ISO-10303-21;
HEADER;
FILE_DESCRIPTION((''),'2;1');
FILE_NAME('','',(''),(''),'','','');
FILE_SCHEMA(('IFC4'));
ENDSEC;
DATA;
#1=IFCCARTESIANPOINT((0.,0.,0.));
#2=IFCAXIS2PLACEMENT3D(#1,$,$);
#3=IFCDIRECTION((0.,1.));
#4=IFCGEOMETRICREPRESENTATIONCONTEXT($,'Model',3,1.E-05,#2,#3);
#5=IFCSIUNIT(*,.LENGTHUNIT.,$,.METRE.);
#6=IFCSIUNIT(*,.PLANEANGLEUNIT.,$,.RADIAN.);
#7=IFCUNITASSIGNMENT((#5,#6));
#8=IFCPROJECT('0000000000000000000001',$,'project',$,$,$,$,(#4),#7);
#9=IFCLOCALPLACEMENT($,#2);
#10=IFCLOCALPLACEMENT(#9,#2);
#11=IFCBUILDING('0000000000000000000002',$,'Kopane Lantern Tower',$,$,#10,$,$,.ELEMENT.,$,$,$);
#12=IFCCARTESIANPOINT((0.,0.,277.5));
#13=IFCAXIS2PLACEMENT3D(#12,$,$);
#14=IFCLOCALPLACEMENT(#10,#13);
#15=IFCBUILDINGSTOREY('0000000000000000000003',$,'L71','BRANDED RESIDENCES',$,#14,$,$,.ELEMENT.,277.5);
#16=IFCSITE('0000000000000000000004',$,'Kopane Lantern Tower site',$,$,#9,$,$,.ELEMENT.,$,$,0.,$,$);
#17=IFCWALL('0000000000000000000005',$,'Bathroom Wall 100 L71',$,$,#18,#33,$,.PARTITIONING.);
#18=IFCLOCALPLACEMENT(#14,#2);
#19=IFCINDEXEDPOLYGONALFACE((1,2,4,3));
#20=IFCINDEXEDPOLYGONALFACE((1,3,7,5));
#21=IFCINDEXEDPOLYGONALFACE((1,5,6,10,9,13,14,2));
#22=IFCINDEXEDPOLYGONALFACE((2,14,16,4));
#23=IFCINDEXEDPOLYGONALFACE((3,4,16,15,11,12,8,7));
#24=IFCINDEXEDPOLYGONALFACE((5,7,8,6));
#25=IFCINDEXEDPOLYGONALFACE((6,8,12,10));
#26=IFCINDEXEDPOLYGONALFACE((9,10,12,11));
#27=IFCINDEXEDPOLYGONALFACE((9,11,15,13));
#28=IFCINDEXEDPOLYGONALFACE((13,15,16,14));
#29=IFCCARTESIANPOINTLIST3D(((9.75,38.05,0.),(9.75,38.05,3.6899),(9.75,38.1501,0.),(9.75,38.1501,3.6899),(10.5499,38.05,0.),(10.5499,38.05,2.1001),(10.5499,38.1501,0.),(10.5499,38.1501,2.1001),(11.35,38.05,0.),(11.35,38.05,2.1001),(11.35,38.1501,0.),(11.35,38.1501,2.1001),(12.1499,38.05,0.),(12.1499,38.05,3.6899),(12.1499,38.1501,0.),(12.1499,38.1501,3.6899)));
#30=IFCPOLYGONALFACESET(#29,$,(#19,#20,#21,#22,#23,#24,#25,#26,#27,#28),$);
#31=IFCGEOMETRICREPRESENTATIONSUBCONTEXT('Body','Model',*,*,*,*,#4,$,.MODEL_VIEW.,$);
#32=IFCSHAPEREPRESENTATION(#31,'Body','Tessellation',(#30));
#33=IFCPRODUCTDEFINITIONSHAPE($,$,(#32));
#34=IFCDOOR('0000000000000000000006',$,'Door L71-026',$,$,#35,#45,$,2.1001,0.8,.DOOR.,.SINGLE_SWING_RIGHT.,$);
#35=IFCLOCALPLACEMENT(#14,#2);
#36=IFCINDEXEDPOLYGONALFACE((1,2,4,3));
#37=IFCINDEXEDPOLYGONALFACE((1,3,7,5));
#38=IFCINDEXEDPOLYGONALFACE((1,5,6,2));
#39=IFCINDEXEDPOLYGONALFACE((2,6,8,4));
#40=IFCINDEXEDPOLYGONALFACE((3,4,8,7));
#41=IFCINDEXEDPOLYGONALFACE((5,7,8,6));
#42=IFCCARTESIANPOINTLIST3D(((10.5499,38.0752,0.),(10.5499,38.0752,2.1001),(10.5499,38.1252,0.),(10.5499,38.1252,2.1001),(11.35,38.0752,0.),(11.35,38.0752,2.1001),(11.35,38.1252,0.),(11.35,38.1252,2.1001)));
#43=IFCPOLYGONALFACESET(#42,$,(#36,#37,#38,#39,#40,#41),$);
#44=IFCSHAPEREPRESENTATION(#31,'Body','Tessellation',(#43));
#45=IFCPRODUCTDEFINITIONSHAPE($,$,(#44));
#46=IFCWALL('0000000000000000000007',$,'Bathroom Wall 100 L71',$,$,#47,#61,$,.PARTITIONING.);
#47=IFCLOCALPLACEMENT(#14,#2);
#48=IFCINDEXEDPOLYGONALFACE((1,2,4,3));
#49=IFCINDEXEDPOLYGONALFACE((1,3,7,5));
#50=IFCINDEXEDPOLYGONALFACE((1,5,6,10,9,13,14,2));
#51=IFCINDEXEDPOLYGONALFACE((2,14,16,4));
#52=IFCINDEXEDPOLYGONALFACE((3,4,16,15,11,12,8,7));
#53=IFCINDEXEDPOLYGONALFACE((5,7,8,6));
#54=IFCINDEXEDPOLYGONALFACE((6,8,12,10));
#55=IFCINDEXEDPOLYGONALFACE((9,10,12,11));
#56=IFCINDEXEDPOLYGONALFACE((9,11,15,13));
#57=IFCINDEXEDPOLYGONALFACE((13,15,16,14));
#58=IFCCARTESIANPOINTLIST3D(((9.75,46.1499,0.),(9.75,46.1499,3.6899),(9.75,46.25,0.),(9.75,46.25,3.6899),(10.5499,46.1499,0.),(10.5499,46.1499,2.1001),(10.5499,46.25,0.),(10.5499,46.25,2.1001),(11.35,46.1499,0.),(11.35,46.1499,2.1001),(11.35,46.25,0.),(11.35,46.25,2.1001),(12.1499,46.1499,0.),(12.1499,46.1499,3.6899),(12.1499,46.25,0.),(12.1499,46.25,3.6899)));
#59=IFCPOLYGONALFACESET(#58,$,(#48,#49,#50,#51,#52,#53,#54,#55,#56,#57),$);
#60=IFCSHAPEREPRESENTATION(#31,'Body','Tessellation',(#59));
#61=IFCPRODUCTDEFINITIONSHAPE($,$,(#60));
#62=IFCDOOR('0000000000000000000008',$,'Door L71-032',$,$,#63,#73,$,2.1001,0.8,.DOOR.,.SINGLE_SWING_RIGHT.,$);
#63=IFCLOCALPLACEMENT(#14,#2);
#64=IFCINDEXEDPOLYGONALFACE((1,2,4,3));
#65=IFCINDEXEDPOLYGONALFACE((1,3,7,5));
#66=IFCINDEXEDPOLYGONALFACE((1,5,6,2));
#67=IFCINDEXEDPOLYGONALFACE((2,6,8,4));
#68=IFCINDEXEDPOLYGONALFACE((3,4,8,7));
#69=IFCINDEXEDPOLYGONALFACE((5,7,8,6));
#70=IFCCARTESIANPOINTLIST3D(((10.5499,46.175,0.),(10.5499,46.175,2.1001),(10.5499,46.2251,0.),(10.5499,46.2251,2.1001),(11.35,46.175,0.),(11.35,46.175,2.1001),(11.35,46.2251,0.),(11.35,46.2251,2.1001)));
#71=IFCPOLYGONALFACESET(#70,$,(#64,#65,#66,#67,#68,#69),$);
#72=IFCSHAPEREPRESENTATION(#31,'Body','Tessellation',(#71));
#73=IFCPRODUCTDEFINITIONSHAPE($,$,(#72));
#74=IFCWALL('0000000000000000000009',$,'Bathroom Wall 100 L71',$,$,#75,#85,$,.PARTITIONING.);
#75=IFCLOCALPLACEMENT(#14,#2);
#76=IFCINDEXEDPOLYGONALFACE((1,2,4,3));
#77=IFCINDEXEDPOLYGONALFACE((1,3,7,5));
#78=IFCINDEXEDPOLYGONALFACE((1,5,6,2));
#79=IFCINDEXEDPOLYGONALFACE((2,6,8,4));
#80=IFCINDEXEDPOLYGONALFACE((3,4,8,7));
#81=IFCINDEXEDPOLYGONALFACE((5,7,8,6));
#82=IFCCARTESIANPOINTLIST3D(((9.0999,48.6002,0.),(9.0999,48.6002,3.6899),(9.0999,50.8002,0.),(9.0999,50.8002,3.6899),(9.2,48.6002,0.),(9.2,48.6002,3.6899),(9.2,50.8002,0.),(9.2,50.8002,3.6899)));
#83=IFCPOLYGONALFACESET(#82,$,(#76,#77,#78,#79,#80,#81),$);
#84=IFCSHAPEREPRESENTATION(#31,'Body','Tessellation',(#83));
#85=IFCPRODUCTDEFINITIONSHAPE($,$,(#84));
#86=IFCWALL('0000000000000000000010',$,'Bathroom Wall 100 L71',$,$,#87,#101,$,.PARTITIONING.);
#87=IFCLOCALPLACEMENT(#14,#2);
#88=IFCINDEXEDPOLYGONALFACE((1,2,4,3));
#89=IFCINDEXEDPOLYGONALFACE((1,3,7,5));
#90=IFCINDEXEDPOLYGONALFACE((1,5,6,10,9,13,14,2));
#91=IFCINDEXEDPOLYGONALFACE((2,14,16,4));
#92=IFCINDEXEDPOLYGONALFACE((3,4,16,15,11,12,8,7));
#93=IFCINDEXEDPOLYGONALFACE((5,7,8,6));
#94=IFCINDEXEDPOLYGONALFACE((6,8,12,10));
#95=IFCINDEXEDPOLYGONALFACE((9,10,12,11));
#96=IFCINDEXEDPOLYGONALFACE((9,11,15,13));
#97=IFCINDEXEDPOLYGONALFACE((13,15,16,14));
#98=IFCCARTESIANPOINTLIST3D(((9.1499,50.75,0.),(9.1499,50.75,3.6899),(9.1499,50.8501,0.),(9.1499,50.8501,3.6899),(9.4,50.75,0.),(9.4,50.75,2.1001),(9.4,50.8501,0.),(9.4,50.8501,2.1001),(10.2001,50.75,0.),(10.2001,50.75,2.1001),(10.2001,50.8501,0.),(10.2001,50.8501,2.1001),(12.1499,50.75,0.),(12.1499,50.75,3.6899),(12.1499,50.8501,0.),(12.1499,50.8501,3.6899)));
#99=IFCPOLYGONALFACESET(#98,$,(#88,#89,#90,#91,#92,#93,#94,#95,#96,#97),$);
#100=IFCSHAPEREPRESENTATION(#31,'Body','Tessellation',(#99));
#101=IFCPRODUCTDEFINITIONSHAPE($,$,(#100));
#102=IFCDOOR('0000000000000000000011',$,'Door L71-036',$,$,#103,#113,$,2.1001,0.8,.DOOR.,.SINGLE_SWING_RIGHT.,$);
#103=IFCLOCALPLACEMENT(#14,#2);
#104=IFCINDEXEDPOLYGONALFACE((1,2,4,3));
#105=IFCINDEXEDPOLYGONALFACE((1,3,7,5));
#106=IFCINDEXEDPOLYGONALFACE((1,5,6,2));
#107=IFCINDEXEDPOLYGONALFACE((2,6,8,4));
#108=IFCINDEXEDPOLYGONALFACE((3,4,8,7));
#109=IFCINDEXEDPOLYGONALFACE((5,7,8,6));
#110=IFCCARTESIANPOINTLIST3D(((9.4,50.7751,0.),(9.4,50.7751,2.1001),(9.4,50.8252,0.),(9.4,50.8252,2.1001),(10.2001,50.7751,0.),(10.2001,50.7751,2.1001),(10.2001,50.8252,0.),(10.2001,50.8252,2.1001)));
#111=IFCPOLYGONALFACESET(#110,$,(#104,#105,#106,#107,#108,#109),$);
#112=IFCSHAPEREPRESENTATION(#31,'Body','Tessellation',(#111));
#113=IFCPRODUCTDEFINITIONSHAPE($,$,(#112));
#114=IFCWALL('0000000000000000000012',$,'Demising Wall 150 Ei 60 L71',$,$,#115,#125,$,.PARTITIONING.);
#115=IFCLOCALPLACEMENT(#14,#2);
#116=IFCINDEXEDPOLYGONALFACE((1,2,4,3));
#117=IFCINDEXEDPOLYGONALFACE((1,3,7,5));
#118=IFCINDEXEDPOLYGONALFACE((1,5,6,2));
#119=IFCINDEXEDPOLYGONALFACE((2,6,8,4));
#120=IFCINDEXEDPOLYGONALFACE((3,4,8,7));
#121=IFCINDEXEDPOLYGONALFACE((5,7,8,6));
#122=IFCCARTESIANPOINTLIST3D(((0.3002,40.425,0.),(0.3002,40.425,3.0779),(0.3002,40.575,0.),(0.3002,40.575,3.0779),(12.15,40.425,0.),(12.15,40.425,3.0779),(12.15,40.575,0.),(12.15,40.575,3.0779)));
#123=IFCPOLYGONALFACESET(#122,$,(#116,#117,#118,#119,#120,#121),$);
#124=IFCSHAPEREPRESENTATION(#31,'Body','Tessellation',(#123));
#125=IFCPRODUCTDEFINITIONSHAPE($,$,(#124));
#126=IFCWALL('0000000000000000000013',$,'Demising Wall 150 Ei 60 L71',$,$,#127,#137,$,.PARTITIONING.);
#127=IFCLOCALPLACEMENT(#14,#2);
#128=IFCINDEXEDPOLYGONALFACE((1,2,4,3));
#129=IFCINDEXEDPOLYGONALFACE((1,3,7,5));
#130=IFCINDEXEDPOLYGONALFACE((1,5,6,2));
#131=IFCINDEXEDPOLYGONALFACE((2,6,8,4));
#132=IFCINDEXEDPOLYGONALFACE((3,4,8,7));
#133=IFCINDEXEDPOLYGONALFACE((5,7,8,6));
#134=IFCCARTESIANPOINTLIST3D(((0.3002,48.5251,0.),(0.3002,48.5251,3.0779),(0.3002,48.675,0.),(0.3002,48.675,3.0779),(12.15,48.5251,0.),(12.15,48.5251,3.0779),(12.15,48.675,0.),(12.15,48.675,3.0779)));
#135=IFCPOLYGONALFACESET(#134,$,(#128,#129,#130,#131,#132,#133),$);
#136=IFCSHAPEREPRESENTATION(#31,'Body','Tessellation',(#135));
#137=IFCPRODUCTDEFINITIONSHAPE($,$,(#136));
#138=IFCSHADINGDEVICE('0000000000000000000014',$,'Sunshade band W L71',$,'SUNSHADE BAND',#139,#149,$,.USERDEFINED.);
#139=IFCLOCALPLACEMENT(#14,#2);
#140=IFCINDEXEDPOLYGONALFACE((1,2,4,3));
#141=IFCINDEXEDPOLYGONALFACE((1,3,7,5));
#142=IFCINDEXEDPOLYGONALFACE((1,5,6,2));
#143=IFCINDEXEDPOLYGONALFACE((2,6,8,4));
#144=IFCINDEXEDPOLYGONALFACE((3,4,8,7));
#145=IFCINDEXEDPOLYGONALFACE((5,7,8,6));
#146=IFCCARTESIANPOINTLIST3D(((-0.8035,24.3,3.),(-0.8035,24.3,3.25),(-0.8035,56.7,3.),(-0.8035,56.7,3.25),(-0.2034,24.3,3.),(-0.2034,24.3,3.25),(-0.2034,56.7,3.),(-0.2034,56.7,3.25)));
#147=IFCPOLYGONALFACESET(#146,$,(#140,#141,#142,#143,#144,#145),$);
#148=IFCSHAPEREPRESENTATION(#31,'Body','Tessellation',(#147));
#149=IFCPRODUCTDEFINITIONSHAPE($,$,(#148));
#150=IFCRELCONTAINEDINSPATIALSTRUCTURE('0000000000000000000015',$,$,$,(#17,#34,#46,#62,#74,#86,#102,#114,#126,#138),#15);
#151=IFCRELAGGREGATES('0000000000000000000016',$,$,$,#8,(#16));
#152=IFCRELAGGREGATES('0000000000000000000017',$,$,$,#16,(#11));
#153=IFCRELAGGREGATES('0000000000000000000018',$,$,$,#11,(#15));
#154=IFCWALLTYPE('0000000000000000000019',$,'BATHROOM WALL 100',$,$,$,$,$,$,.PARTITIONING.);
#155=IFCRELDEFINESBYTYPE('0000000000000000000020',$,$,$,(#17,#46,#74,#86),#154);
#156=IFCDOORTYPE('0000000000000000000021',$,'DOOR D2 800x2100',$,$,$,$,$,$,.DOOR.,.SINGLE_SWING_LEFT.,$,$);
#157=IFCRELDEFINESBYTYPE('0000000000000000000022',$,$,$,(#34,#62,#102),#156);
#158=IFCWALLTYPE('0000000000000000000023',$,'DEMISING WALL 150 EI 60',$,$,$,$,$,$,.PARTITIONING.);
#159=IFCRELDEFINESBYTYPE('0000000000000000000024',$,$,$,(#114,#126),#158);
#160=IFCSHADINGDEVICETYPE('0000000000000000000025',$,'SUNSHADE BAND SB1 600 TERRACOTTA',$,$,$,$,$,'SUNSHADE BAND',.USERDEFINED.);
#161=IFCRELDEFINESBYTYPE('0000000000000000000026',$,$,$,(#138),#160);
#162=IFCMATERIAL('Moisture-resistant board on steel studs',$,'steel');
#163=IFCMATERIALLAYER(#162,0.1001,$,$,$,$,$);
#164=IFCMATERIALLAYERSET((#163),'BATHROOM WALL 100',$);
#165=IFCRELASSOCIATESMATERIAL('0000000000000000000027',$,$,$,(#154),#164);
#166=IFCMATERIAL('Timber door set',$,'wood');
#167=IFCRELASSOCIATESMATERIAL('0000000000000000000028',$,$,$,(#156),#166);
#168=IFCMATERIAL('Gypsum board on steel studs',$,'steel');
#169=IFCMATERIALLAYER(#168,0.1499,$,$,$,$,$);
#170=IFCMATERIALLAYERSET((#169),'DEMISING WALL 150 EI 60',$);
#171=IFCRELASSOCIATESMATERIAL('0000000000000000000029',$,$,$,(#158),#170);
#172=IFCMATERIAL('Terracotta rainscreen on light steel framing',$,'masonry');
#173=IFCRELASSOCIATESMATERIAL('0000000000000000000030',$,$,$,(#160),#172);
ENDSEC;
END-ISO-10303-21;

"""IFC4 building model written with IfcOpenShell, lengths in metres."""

from ifc_helpers import new_model, si_unit, direction, frame, frame_2d, origin, origin_2d, place, context, subcontext, project, spatial, rectangle, extrude, material, layer, layer_set, type_object, element, fill, save


model = new_model("IFC4")

# Units and contexts
model_context = context("Model", 3, precision=1e-05, world=origin(), true_north=direction((0.0, 1.0)))
body_context = subcontext(model_context, "Body", "Model", "MODEL_VIEW")
ifc_project = project(units=[si_unit("LENGTHUNIT", "METRE"), si_unit("PLANEANGLEUNIT", "RADIAN")], contexts=[model_context])

# Site, building, storey
site_placement = place(None, origin())
site = spatial("IfcSite", under=ifc_project, at=site_placement, Name="Kopane Lantern Tower site", CompositionType="ELEMENT", RefElevation=0.0)
building_placement = place(site_placement, origin())
building = spatial("IfcBuilding", under=site, at=building_placement, Name="Kopane Lantern Tower", CompositionType="ELEMENT")
storey_placement = place(building_placement, frame((0.0, 0.0, 277.5)))
storey = spatial("IfcBuildingStorey", under=building, at=storey_placement, Name="L71", Description="BRANDED RESIDENCES", CompositionType="ELEMENT", Elevation=277.5)

# Walls, openings, doors
ifc_material_1 = material(Name="Moisture-resistant board on steel studs", Category="steel")
ifc_layer_1 = layer(ifc_material_1, 0.1001)
ifc_layer_set_1 = layer_set([ifc_layer_1], Name="BATHROOM WALL 100")
wall_type_1 = type_object("IfcWallType", Name="BATHROOM WALL 100", PredefinedType="PARTITIONING", material=ifc_layer_set_1)
wall_1_placement = place(storey_placement, frame((12.1499, 38.1001, 0.0), z_axis=(0.0, 0.0, 1.0), x_axis=(-1.0, 0.0, 0.0)))
wall_1 = element("IfcWall", 1, at=wall_1_placement, inside=storey, type_object=wall_type_1, Name="Bathroom Wall 100 L71", PredefinedType="PARTITIONING", context=body_context, shape_type="SweptSolid", body=[
    extrude(rectangle(XDim=2.3999, YDim=0.1001, at=frame_2d((1.2, 0.0))), origin(), (0.0, 0.0, 1.0), 3.6899),
])
opening_1_placement = place(wall_1_placement, frame((0.8, 0.0, 0.0)))
opening_1 = element("IfcOpeningElement", 2, at=opening_1_placement, cuts=wall_1, PredefinedType="OPENING", context=body_context, shape_type="SweptSolid", body=[
    extrude(rectangle(XDim=0.8, YDim=2.1001, at=frame_2d((0.3999, 1.05))), frame((0.0, 0.0601, 0.0), z_axis=(0.0, -1.0, 0.0), x_axis=(1.0, 0.0, 0.0)), (0.0, 0.0, 1.0), 0.1201),
])
ifc_material_2 = material(Name="Timber door set", Category="wood")
door_type = type_object("IfcDoorType", Name="DOOR D2 800x2100", OperationType="SINGLE_SWING_LEFT", PredefinedType="DOOR", material=ifc_material_2)
door_1_placement = place(opening_1_placement, origin())
door_1 = element("IfcDoor", 3, at=door_1_placement, inside=storey, type_object=door_type, Name="Door L71-026", OperationType="SINGLE_SWING_RIGHT", OverallHeight=2.1001, OverallWidth=0.8, PredefinedType="DOOR", context=body_context, shape_type="SweptSolid", body=[
    extrude(rectangle(XDim=0.8, YDim=2.1001, at=frame_2d((0.3999, 1.05))), frame((0.0, 0.0249, 0.0), z_axis=(0.0, -1.0, 0.0), x_axis=(1.0, 0.0, 0.0)), (0.0, 0.0, 1.0), 0.05),
])
fill(opening_1, door_1)
wall_2_placement = place(storey_placement, frame((12.1499, 46.2, 0.0), z_axis=(0.0, 0.0, 1.0), x_axis=(-1.0, 0.0, 0.0)))
wall_2 = element("IfcWall", 4, at=wall_2_placement, inside=storey, type_object=wall_type_1, Name="Bathroom Wall 100 L71", PredefinedType="PARTITIONING", context=body_context, shape_type="SweptSolid", body=[
    extrude(rectangle(XDim=2.3999, YDim=0.1001, at=frame_2d((1.2, 0.0))), origin(), (0.0, 0.0, 1.0), 3.6899),
])
opening_2_placement = place(wall_2_placement, frame((0.8, 0.0, 0.0)))
opening_2 = element("IfcOpeningElement", 5, at=opening_2_placement, cuts=wall_2, PredefinedType="OPENING", context=body_context, shape_type="SweptSolid", body=[
    extrude(rectangle(XDim=0.8, YDim=2.1001, at=frame_2d((0.3999, 1.05))), frame((0.0, 0.0601, 0.0), z_axis=(0.0, -1.0, 0.0), x_axis=(1.0, 0.0, 0.0)), (0.0, 0.0, 1.0), 0.1201),
])
door_2_placement = place(opening_2_placement, origin())
door_2 = element("IfcDoor", 6, at=door_2_placement, inside=storey, type_object=door_type, Name="Door L71-032", OperationType="SINGLE_SWING_RIGHT", OverallHeight=2.1001, OverallWidth=0.8, PredefinedType="DOOR", context=body_context, shape_type="SweptSolid", body=[
    extrude(rectangle(XDim=0.8, YDim=2.1001, at=frame_2d((0.3999, 1.05))), frame((0.0, 0.0249, 0.0), z_axis=(0.0, -1.0, 0.0), x_axis=(1.0, 0.0, 0.0)), (0.0, 0.0, 1.0), 0.05),
])
fill(opening_2, door_2)

# Wall
wall_3_placement = place(storey_placement, frame((9.1499, 48.6001, 0.0), z_axis=(0.0, 0.0, 1.0), x_axis=(0.0, 1.0, 0.0)))
element("IfcWall", 7, at=wall_3_placement, inside=storey, type_object=wall_type_1, Name="Bathroom Wall 100 L71", PredefinedType="PARTITIONING", context=body_context, shape_type="SweptSolid", body=[
    extrude(rectangle(XDim=2.2, YDim=0.1001, at=frame_2d((1.1001, 0.0))), origin(), (0.0, 0.0, 1.0), 3.6899),
])

# Wall, opening, door
wall_4_placement = place(storey_placement, frame((12.1499, 50.8, 0.0), z_axis=(0.0, 0.0, 1.0), x_axis=(-1.0, 0.0, 0.0)))
wall_4 = element("IfcWall", 8, at=wall_4_placement, inside=storey, type_object=wall_type_1, Name="Bathroom Wall 100 L71", PredefinedType="PARTITIONING", context=body_context, shape_type="SweptSolid", body=[
    extrude(rectangle(XDim=3.0, YDim=0.1001, at=frame_2d((1.5, 0.0))), origin(), (0.0, 0.0, 1.0), 3.6899),
])
opening_3_placement = place(wall_4_placement, frame((1.95, 0.0, 0.0)))
opening_3 = element("IfcOpeningElement", 9, at=opening_3_placement, cuts=wall_4, PredefinedType="OPENING", context=body_context, shape_type="SweptSolid", body=[
    extrude(rectangle(XDim=0.8, YDim=2.1001, at=frame_2d((0.3999, 1.05))), frame((0.0, 0.0601, 0.0), z_axis=(0.0, -1.0, 0.0), x_axis=(1.0, 0.0, 0.0)), (0.0, 0.0, 1.0), 0.1201),
])
door_3_placement = place(opening_3_placement, origin())
door_3 = element("IfcDoor", 10, at=door_3_placement, inside=storey, type_object=door_type, Name="Door L71-036", OperationType="SINGLE_SWING_RIGHT", OverallHeight=2.1001, OverallWidth=0.8, PredefinedType="DOOR", context=body_context, shape_type="SweptSolid", body=[
    extrude(rectangle(XDim=0.8, YDim=2.1001, at=frame_2d((0.3999, 1.05))), frame((0.0, 0.0249, 0.0), z_axis=(0.0, -1.0, 0.0), x_axis=(1.0, 0.0, 0.0)), (0.0, 0.0, 1.0), 0.05),
])
fill(opening_3, door_3)

# Walls
ifc_material_3 = material(Name="Gypsum board on steel studs", Category="steel")
ifc_layer_2 = layer(ifc_material_3, 0.1499)
ifc_layer_set_2 = layer_set([ifc_layer_2], Name="DEMISING WALL 150 EI 60")
wall_type_2 = type_object("IfcWallType", Name="DEMISING WALL 150 EI 60", PredefinedType="PARTITIONING", material=ifc_layer_set_2)
for number, where, z_axis, x_axis, name in (
    (11, (12.1499, 40.5, 0.0), (0.0, 0.0, 1.0), (-1.0, 0.0, 0.0), "Demising Wall 150 Ei 60 L71"),
    (12, (12.1499, 48.6001, 0.0), (0.0, 0.0, 1.0), (-1.0, 0.0, 0.0), "Demising Wall 150 Ei 60 L71"),
):
    element("IfcWall", number, at=place(storey_placement, frame(where, z_axis=z_axis, x_axis=x_axis)), inside=storey, type_object=wall_type_2, Name=name, PredefinedType="PARTITIONING", context=body_context, shape_type="SweptSolid", body=[
        extrude(rectangle(XDim=11.8499, YDim=0.1499, at=frame_2d((5.9248, 0.0))), origin(), (0.0, 0.0, 1.0), 3.0779),
    ])

# Shading device
ifc_material_4 = material(Name="Terracotta rainscreen on light steel framing", Category="masonry")
shading_device_type = type_object("IfcShadingDeviceType", Name="SUNSHADE BAND SB1 600 TERRACOTTA", ElementType="SUNSHADE BAND", PredefinedType="USERDEFINED", material=ifc_material_4)
shading_device_placement = place(storey_placement, frame((-0.5034, 40.5, 3.0), z_axis=(0.0, 0.0, 1.0), x_axis=(0.0, -1.0, 0.0)))
element("IfcShadingDevice", 13, at=shading_device_placement, inside=storey, type_object=shading_device_type, Name="Sunshade band W L71", ObjectType="SUNSHADE BAND", PredefinedType="USERDEFINED", context=body_context, shape_type="SweptSolid", body=[
    extrude(rectangle(XDim=32.3999, YDim=0.6001, at=origin_2d()), origin(), (0.0, 0.0, 1.0), 0.25),
])

save(model, "model.ifc")
